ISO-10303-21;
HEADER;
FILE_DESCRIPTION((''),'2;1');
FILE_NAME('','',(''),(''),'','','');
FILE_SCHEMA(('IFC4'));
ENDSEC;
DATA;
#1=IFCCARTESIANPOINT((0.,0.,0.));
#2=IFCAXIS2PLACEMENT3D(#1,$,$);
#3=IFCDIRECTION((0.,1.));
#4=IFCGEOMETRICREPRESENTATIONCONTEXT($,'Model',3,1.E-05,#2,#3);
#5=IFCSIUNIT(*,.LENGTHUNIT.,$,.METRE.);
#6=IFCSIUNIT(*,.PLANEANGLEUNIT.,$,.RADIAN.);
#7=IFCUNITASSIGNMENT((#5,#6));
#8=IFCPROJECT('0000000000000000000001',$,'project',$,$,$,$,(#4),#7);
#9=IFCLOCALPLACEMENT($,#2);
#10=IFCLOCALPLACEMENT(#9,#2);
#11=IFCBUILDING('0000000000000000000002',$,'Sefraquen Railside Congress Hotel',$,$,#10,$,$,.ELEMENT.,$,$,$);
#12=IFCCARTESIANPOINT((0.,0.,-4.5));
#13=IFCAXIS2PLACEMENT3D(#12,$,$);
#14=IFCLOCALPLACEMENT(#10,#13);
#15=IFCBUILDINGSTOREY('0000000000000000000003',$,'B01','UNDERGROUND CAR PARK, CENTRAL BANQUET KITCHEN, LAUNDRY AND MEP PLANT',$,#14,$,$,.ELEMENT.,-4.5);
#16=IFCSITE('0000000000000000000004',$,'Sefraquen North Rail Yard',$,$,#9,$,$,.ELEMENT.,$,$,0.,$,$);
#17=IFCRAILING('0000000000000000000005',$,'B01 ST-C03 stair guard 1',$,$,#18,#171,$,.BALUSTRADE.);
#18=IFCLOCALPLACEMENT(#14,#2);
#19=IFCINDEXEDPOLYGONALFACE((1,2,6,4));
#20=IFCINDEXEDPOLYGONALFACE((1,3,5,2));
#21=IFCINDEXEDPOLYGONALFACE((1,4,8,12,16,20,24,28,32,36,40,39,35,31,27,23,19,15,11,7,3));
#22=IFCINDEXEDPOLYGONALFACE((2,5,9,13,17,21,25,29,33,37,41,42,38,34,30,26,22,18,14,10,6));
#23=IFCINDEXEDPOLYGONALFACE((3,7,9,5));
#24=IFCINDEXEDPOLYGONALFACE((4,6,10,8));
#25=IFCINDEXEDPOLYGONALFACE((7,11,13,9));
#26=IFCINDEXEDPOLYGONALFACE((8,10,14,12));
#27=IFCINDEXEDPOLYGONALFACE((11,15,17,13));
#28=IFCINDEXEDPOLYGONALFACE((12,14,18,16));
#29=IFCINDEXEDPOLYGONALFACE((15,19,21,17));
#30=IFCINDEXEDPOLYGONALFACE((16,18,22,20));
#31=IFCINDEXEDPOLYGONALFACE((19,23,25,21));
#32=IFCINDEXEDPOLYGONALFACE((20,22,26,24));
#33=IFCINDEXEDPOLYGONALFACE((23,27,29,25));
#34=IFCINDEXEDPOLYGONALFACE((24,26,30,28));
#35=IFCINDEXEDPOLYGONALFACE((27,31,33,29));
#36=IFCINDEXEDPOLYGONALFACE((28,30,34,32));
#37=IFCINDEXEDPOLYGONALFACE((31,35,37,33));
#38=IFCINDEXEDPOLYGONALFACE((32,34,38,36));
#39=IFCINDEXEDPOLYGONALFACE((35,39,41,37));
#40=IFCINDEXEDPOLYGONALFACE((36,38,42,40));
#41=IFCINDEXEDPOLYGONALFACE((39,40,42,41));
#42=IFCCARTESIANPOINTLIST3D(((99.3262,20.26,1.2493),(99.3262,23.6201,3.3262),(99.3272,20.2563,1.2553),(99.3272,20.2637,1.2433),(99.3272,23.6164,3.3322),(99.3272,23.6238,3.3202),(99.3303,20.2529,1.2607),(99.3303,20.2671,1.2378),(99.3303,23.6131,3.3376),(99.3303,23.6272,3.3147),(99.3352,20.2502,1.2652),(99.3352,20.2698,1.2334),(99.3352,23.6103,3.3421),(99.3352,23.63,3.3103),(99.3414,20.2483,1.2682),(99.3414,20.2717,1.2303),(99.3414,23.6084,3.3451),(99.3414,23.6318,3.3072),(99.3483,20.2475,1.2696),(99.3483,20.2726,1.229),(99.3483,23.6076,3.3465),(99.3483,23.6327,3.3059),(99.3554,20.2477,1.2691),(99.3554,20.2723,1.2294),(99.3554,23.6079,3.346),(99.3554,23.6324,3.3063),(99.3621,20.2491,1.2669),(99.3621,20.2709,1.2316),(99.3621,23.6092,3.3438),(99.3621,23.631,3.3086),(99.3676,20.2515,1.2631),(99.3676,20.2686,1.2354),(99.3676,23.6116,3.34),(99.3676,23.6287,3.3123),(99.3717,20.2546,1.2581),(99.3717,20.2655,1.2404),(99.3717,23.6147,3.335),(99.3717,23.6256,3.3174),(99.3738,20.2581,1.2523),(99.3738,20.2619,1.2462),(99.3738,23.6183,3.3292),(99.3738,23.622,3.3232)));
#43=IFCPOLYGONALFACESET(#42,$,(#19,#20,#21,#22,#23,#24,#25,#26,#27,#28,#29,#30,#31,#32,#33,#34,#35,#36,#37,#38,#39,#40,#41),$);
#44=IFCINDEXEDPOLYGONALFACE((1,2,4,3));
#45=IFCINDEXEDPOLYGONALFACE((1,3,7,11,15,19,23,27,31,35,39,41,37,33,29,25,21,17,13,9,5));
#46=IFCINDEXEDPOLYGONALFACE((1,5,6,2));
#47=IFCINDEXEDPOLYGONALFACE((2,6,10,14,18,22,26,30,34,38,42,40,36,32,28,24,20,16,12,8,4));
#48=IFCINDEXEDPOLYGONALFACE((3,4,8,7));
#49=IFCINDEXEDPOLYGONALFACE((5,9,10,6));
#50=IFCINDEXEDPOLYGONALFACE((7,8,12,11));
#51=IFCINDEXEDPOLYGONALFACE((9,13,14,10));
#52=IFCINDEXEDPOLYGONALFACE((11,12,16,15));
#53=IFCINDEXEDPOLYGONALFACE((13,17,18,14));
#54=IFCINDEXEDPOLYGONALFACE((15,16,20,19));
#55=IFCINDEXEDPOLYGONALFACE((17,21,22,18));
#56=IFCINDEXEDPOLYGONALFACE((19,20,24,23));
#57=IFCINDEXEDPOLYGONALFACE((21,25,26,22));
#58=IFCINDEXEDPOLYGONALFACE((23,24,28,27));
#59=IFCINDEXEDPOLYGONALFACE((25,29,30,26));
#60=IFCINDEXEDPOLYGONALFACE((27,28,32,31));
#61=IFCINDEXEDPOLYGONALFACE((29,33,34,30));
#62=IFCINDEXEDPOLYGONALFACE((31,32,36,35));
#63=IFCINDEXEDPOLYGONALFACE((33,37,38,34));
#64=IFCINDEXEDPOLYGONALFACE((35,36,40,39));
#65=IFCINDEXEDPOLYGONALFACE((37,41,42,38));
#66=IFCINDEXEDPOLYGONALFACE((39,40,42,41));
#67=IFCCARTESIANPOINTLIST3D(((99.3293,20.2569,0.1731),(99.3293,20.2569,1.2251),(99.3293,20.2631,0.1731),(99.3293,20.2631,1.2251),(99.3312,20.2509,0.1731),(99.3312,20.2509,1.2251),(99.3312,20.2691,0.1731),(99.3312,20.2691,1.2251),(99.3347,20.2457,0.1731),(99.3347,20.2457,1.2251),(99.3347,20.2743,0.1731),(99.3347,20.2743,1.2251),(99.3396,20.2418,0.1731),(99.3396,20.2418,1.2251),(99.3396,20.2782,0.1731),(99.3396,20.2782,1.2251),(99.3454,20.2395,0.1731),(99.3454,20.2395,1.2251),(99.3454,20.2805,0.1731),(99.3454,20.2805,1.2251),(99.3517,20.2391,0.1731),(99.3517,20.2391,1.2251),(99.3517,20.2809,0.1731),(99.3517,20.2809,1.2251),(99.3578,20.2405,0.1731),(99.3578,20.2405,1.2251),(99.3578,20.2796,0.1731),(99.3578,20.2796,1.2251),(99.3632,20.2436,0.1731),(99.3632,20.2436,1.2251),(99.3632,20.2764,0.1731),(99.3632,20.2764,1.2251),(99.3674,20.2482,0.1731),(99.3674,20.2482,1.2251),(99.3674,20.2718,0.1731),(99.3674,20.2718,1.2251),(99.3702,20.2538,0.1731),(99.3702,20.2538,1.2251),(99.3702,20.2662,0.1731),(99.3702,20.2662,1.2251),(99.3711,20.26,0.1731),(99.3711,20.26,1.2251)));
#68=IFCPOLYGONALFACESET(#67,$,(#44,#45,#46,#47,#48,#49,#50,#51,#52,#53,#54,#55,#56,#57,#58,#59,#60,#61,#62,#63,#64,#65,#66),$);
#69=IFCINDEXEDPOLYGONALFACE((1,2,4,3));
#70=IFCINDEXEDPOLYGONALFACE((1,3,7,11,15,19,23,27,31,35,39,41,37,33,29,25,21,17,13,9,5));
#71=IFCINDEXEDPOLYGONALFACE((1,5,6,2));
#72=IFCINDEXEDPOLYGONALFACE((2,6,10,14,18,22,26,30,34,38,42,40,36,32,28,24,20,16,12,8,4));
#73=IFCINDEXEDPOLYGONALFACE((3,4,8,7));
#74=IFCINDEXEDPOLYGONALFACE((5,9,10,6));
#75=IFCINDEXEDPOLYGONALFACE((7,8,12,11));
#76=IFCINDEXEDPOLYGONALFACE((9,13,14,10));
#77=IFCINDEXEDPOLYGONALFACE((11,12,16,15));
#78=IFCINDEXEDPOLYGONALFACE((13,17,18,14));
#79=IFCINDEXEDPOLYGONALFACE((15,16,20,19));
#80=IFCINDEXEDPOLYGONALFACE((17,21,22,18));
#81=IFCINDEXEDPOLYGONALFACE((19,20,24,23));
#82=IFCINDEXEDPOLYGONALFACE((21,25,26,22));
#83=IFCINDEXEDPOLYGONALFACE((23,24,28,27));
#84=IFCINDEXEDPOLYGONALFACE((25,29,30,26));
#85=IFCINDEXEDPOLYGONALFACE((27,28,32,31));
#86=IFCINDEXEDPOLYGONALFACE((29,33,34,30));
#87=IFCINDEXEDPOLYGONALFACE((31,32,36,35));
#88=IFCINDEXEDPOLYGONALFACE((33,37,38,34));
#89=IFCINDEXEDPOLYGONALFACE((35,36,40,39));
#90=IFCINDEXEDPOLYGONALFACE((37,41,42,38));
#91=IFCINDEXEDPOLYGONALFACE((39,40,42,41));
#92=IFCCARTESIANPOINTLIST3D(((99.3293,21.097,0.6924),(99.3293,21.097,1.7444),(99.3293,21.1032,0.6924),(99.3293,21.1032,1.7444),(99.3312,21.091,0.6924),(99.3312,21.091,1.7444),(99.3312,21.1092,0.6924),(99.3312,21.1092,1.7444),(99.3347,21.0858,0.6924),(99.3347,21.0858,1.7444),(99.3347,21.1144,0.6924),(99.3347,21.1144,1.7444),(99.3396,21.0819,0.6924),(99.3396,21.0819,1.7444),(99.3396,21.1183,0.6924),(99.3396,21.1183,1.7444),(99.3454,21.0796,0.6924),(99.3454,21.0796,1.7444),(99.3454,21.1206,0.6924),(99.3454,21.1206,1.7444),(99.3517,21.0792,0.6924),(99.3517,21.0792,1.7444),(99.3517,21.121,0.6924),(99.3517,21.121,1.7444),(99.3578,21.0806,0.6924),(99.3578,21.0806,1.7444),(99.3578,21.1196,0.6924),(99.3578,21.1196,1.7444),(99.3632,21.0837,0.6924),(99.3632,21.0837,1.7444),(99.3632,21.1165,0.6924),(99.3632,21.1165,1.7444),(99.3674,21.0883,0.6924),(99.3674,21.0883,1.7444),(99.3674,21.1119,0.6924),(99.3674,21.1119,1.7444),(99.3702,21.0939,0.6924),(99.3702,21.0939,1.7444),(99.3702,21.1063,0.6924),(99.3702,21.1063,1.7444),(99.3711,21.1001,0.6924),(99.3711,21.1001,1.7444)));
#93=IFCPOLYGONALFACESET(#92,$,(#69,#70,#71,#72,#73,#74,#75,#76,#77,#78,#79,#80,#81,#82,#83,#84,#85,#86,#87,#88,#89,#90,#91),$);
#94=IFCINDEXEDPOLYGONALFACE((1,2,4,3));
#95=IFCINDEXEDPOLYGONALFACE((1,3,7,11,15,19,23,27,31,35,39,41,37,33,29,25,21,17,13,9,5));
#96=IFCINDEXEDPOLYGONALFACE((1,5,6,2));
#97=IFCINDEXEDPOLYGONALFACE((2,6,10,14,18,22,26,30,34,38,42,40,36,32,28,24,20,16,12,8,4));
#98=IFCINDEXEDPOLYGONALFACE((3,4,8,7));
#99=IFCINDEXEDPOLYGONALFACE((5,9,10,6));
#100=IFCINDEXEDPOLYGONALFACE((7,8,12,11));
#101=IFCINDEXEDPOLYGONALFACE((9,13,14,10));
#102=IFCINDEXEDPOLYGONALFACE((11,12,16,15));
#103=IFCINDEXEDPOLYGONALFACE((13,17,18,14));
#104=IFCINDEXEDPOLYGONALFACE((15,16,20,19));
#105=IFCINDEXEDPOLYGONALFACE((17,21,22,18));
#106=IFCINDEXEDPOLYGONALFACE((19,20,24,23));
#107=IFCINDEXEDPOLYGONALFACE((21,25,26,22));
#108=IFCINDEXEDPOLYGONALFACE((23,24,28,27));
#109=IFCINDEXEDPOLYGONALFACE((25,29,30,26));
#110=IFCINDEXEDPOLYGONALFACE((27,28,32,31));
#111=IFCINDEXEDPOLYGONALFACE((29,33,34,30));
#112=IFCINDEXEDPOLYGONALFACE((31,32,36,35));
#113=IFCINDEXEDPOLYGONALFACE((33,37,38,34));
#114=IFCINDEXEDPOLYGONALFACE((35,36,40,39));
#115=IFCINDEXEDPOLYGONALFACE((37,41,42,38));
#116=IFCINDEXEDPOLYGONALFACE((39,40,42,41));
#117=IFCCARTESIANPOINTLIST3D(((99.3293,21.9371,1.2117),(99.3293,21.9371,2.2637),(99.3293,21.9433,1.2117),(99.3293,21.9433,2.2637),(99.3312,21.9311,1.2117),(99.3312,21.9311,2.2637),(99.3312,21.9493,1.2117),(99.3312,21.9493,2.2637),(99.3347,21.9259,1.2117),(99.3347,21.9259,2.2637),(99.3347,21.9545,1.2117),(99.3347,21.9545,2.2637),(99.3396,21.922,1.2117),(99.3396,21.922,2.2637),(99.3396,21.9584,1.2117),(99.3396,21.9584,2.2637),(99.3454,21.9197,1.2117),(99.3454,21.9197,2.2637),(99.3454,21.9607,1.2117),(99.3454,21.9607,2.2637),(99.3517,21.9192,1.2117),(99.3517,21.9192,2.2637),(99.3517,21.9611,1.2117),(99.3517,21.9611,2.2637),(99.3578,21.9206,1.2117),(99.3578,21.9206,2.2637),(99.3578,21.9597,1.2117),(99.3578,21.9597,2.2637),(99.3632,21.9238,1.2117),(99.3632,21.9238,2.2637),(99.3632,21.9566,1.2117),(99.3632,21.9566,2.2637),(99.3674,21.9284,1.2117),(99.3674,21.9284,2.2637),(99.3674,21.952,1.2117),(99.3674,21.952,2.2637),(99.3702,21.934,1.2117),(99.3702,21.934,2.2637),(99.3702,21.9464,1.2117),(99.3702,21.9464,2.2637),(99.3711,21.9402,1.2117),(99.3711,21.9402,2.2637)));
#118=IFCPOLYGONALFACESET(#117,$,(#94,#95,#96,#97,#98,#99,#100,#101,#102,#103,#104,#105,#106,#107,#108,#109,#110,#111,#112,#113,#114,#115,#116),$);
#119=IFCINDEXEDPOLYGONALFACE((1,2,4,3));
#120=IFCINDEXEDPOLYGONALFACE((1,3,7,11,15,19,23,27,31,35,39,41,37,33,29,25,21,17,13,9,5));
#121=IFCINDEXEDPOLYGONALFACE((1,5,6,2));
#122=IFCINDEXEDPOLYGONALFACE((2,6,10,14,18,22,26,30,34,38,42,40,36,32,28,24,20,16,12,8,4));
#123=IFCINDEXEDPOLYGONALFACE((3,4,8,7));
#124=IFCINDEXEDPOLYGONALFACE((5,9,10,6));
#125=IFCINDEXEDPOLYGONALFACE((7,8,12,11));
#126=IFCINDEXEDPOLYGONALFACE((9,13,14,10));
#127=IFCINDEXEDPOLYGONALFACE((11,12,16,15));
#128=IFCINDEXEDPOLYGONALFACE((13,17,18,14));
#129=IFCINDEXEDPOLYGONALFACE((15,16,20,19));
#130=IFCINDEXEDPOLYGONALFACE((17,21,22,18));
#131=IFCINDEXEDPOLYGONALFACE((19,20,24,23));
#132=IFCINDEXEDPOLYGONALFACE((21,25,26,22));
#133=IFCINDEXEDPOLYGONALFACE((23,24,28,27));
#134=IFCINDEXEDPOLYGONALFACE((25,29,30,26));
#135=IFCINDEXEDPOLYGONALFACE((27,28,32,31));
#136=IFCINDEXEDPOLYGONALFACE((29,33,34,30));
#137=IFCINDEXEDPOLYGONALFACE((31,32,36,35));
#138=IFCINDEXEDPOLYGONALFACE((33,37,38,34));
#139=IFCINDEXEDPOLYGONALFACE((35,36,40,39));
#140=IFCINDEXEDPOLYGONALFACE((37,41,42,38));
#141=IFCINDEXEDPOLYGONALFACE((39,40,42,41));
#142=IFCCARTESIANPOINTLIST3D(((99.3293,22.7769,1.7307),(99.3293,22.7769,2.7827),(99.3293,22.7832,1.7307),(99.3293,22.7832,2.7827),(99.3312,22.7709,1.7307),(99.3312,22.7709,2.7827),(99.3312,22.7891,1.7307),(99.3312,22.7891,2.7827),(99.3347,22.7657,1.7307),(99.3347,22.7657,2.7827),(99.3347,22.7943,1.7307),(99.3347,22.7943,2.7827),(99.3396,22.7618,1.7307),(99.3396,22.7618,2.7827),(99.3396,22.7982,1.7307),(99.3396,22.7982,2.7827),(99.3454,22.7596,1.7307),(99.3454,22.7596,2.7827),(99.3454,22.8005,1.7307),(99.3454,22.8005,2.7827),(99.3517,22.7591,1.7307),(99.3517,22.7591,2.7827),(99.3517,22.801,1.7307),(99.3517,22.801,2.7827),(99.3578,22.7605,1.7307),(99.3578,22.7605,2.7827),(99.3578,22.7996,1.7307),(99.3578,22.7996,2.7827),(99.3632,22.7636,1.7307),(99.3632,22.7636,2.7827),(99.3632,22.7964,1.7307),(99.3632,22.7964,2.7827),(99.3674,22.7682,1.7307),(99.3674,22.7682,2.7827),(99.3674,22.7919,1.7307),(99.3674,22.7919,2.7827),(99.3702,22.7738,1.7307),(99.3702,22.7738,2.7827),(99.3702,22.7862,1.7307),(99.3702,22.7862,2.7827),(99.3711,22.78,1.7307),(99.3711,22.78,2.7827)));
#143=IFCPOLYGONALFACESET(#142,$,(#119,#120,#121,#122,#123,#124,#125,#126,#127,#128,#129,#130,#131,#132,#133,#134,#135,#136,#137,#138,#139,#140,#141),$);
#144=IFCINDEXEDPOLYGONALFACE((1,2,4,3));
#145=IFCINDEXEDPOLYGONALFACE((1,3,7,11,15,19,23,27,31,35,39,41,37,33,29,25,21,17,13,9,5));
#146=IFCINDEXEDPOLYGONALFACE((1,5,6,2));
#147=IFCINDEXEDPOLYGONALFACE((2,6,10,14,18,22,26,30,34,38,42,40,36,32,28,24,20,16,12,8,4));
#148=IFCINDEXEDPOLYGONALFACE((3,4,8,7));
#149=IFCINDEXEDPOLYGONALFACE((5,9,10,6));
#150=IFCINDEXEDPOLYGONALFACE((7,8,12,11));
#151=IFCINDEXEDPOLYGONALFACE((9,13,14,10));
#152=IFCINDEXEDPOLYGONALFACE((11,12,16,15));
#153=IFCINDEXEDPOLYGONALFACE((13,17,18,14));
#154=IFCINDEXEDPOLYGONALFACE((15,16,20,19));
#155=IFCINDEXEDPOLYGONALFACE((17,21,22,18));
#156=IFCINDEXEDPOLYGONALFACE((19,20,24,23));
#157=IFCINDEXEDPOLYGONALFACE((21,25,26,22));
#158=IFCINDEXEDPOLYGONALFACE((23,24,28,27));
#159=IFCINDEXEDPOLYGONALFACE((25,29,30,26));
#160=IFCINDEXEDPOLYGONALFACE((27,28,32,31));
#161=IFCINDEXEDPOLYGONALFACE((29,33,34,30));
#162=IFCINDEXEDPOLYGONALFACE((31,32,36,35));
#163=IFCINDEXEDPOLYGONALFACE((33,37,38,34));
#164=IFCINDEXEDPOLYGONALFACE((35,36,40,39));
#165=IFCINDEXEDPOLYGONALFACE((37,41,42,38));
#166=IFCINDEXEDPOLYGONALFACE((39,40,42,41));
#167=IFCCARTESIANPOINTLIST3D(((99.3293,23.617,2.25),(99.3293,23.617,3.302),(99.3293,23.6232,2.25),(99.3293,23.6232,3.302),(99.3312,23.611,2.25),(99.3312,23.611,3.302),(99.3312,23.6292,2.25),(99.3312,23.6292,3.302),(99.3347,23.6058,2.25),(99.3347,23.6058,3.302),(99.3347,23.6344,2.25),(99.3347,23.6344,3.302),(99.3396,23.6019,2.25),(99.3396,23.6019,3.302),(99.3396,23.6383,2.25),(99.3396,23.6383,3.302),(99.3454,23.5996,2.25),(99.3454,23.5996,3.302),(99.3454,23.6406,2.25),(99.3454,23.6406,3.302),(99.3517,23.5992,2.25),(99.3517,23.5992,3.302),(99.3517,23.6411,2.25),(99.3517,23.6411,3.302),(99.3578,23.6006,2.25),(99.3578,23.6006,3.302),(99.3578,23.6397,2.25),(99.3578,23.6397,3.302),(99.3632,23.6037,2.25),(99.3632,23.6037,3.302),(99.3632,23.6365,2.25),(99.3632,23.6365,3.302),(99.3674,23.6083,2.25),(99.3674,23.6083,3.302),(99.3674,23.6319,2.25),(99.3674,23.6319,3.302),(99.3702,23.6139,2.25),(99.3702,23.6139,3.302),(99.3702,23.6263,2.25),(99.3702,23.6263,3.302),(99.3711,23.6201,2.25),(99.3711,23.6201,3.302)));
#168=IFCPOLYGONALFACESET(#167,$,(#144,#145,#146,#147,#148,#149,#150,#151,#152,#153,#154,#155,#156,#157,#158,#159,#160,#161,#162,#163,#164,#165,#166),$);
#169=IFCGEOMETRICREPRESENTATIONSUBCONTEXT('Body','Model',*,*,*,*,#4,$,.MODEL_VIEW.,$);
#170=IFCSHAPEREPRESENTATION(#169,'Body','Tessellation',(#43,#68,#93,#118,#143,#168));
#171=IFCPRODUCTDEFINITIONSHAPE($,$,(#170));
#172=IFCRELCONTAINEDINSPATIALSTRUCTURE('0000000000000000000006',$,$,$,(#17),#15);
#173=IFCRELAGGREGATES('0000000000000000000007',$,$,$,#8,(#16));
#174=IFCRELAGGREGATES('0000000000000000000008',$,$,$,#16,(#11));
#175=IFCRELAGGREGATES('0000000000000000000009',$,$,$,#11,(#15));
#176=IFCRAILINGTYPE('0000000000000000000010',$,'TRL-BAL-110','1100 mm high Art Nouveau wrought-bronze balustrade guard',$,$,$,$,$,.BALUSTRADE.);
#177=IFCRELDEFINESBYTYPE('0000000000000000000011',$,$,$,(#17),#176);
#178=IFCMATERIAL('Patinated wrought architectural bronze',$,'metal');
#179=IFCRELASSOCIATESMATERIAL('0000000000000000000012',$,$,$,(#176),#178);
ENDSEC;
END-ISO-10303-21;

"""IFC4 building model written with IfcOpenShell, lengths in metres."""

from ifc_helpers import new_model, si_unit, direction, frame, origin, origin_2d, place, context, subcontext, project, spatial, circle, extrude, material, type_object, element, save


model = new_model("IFC4")

# Units and contexts
model_context = context("Model", 3, precision=1e-05, world=origin(), true_north=direction((0.0, 1.0)))
body_context = subcontext(model_context, "Body", "Model", "MODEL_VIEW")
ifc_project = project(units=[si_unit("LENGTHUNIT", "METRE"), si_unit("PLANEANGLEUNIT", "RADIAN")], contexts=[model_context])

# Site, building, storey
site_placement = place(None, origin())
site = spatial("IfcSite", under=ifc_project, at=site_placement, Name="Sefraquen North Rail Yard", CompositionType="ELEMENT", RefElevation=0.0)
building_placement = place(site_placement, origin())
building = spatial("IfcBuilding", under=site, at=building_placement, Name="Sefraquen Railside Congress Hotel", CompositionType="ELEMENT")
storey_placement = place(building_placement, frame((0.0, 0.0, -4.5)))
storey = spatial("IfcBuildingStorey", under=building, at=storey_placement, Name="B01", Description="UNDERGROUND CAR PARK, CENTRAL BANQUET KITCHEN, LAUNDRY AND MEP PLANT", CompositionType="ELEMENT", Elevation=-4.5)

# Railing
ifc_material_1 = material(Name="Patinated wrought architectural bronze", Category="metal")
railing_type_1 = type_object("IfcRailingType", Name="TRL-BAL-110", Description="1100 mm high Art Nouveau wrought-bronze balustrade guard", PredefinedType="BALUSTRADE", material=ifc_material_1)
railing_1_placement = place(storey_placement, frame((99.3501, 20.26, 0.1731)))
element("IfcRailing", 1, at=railing_1_placement, inside=storey, type_object=railing_type_1, Name="B01 ST-C03 stair guard 1", PredefinedType="BALUSTRADE", context=body_context, shape_type="SweptSolid", body=[
    extrude(circle(Radius=0.0239, at=origin_2d()), frame((0.0, 0.0, 1.0762), z_axis=(0.0, 0.850623, 0.525776), x_axis=(-1.0, 0.0, 0.0)), (0.0, 0.0, 1.0), 3.9502),
    extrude(circle(Radius=0.021, at=origin_2d()), origin(), (0.0, 0.0, 1.0), 1.052),
    extrude(circle(Radius=0.021, at=origin_2d()), frame((0.0, 0.8401, 0.5193)), (0.0, 0.0, 1.0), 1.052),
    extrude(circle(Radius=0.021, at=origin_2d()), frame((0.0, 1.6802, 1.0386)), (0.0, 0.0, 1.0), 1.052),
    extrude(circle(Radius=0.021, at=origin_2d()), frame((0.0, 2.52, 1.5576)), (0.0, 0.0, 1.0), 1.052),
    extrude(circle(Radius=0.021, at=origin_2d()), frame((0.0, 3.3601, 2.0769)), (0.0, 0.0, 1.0), 1.052),
])

save(model, "model.ifc")
